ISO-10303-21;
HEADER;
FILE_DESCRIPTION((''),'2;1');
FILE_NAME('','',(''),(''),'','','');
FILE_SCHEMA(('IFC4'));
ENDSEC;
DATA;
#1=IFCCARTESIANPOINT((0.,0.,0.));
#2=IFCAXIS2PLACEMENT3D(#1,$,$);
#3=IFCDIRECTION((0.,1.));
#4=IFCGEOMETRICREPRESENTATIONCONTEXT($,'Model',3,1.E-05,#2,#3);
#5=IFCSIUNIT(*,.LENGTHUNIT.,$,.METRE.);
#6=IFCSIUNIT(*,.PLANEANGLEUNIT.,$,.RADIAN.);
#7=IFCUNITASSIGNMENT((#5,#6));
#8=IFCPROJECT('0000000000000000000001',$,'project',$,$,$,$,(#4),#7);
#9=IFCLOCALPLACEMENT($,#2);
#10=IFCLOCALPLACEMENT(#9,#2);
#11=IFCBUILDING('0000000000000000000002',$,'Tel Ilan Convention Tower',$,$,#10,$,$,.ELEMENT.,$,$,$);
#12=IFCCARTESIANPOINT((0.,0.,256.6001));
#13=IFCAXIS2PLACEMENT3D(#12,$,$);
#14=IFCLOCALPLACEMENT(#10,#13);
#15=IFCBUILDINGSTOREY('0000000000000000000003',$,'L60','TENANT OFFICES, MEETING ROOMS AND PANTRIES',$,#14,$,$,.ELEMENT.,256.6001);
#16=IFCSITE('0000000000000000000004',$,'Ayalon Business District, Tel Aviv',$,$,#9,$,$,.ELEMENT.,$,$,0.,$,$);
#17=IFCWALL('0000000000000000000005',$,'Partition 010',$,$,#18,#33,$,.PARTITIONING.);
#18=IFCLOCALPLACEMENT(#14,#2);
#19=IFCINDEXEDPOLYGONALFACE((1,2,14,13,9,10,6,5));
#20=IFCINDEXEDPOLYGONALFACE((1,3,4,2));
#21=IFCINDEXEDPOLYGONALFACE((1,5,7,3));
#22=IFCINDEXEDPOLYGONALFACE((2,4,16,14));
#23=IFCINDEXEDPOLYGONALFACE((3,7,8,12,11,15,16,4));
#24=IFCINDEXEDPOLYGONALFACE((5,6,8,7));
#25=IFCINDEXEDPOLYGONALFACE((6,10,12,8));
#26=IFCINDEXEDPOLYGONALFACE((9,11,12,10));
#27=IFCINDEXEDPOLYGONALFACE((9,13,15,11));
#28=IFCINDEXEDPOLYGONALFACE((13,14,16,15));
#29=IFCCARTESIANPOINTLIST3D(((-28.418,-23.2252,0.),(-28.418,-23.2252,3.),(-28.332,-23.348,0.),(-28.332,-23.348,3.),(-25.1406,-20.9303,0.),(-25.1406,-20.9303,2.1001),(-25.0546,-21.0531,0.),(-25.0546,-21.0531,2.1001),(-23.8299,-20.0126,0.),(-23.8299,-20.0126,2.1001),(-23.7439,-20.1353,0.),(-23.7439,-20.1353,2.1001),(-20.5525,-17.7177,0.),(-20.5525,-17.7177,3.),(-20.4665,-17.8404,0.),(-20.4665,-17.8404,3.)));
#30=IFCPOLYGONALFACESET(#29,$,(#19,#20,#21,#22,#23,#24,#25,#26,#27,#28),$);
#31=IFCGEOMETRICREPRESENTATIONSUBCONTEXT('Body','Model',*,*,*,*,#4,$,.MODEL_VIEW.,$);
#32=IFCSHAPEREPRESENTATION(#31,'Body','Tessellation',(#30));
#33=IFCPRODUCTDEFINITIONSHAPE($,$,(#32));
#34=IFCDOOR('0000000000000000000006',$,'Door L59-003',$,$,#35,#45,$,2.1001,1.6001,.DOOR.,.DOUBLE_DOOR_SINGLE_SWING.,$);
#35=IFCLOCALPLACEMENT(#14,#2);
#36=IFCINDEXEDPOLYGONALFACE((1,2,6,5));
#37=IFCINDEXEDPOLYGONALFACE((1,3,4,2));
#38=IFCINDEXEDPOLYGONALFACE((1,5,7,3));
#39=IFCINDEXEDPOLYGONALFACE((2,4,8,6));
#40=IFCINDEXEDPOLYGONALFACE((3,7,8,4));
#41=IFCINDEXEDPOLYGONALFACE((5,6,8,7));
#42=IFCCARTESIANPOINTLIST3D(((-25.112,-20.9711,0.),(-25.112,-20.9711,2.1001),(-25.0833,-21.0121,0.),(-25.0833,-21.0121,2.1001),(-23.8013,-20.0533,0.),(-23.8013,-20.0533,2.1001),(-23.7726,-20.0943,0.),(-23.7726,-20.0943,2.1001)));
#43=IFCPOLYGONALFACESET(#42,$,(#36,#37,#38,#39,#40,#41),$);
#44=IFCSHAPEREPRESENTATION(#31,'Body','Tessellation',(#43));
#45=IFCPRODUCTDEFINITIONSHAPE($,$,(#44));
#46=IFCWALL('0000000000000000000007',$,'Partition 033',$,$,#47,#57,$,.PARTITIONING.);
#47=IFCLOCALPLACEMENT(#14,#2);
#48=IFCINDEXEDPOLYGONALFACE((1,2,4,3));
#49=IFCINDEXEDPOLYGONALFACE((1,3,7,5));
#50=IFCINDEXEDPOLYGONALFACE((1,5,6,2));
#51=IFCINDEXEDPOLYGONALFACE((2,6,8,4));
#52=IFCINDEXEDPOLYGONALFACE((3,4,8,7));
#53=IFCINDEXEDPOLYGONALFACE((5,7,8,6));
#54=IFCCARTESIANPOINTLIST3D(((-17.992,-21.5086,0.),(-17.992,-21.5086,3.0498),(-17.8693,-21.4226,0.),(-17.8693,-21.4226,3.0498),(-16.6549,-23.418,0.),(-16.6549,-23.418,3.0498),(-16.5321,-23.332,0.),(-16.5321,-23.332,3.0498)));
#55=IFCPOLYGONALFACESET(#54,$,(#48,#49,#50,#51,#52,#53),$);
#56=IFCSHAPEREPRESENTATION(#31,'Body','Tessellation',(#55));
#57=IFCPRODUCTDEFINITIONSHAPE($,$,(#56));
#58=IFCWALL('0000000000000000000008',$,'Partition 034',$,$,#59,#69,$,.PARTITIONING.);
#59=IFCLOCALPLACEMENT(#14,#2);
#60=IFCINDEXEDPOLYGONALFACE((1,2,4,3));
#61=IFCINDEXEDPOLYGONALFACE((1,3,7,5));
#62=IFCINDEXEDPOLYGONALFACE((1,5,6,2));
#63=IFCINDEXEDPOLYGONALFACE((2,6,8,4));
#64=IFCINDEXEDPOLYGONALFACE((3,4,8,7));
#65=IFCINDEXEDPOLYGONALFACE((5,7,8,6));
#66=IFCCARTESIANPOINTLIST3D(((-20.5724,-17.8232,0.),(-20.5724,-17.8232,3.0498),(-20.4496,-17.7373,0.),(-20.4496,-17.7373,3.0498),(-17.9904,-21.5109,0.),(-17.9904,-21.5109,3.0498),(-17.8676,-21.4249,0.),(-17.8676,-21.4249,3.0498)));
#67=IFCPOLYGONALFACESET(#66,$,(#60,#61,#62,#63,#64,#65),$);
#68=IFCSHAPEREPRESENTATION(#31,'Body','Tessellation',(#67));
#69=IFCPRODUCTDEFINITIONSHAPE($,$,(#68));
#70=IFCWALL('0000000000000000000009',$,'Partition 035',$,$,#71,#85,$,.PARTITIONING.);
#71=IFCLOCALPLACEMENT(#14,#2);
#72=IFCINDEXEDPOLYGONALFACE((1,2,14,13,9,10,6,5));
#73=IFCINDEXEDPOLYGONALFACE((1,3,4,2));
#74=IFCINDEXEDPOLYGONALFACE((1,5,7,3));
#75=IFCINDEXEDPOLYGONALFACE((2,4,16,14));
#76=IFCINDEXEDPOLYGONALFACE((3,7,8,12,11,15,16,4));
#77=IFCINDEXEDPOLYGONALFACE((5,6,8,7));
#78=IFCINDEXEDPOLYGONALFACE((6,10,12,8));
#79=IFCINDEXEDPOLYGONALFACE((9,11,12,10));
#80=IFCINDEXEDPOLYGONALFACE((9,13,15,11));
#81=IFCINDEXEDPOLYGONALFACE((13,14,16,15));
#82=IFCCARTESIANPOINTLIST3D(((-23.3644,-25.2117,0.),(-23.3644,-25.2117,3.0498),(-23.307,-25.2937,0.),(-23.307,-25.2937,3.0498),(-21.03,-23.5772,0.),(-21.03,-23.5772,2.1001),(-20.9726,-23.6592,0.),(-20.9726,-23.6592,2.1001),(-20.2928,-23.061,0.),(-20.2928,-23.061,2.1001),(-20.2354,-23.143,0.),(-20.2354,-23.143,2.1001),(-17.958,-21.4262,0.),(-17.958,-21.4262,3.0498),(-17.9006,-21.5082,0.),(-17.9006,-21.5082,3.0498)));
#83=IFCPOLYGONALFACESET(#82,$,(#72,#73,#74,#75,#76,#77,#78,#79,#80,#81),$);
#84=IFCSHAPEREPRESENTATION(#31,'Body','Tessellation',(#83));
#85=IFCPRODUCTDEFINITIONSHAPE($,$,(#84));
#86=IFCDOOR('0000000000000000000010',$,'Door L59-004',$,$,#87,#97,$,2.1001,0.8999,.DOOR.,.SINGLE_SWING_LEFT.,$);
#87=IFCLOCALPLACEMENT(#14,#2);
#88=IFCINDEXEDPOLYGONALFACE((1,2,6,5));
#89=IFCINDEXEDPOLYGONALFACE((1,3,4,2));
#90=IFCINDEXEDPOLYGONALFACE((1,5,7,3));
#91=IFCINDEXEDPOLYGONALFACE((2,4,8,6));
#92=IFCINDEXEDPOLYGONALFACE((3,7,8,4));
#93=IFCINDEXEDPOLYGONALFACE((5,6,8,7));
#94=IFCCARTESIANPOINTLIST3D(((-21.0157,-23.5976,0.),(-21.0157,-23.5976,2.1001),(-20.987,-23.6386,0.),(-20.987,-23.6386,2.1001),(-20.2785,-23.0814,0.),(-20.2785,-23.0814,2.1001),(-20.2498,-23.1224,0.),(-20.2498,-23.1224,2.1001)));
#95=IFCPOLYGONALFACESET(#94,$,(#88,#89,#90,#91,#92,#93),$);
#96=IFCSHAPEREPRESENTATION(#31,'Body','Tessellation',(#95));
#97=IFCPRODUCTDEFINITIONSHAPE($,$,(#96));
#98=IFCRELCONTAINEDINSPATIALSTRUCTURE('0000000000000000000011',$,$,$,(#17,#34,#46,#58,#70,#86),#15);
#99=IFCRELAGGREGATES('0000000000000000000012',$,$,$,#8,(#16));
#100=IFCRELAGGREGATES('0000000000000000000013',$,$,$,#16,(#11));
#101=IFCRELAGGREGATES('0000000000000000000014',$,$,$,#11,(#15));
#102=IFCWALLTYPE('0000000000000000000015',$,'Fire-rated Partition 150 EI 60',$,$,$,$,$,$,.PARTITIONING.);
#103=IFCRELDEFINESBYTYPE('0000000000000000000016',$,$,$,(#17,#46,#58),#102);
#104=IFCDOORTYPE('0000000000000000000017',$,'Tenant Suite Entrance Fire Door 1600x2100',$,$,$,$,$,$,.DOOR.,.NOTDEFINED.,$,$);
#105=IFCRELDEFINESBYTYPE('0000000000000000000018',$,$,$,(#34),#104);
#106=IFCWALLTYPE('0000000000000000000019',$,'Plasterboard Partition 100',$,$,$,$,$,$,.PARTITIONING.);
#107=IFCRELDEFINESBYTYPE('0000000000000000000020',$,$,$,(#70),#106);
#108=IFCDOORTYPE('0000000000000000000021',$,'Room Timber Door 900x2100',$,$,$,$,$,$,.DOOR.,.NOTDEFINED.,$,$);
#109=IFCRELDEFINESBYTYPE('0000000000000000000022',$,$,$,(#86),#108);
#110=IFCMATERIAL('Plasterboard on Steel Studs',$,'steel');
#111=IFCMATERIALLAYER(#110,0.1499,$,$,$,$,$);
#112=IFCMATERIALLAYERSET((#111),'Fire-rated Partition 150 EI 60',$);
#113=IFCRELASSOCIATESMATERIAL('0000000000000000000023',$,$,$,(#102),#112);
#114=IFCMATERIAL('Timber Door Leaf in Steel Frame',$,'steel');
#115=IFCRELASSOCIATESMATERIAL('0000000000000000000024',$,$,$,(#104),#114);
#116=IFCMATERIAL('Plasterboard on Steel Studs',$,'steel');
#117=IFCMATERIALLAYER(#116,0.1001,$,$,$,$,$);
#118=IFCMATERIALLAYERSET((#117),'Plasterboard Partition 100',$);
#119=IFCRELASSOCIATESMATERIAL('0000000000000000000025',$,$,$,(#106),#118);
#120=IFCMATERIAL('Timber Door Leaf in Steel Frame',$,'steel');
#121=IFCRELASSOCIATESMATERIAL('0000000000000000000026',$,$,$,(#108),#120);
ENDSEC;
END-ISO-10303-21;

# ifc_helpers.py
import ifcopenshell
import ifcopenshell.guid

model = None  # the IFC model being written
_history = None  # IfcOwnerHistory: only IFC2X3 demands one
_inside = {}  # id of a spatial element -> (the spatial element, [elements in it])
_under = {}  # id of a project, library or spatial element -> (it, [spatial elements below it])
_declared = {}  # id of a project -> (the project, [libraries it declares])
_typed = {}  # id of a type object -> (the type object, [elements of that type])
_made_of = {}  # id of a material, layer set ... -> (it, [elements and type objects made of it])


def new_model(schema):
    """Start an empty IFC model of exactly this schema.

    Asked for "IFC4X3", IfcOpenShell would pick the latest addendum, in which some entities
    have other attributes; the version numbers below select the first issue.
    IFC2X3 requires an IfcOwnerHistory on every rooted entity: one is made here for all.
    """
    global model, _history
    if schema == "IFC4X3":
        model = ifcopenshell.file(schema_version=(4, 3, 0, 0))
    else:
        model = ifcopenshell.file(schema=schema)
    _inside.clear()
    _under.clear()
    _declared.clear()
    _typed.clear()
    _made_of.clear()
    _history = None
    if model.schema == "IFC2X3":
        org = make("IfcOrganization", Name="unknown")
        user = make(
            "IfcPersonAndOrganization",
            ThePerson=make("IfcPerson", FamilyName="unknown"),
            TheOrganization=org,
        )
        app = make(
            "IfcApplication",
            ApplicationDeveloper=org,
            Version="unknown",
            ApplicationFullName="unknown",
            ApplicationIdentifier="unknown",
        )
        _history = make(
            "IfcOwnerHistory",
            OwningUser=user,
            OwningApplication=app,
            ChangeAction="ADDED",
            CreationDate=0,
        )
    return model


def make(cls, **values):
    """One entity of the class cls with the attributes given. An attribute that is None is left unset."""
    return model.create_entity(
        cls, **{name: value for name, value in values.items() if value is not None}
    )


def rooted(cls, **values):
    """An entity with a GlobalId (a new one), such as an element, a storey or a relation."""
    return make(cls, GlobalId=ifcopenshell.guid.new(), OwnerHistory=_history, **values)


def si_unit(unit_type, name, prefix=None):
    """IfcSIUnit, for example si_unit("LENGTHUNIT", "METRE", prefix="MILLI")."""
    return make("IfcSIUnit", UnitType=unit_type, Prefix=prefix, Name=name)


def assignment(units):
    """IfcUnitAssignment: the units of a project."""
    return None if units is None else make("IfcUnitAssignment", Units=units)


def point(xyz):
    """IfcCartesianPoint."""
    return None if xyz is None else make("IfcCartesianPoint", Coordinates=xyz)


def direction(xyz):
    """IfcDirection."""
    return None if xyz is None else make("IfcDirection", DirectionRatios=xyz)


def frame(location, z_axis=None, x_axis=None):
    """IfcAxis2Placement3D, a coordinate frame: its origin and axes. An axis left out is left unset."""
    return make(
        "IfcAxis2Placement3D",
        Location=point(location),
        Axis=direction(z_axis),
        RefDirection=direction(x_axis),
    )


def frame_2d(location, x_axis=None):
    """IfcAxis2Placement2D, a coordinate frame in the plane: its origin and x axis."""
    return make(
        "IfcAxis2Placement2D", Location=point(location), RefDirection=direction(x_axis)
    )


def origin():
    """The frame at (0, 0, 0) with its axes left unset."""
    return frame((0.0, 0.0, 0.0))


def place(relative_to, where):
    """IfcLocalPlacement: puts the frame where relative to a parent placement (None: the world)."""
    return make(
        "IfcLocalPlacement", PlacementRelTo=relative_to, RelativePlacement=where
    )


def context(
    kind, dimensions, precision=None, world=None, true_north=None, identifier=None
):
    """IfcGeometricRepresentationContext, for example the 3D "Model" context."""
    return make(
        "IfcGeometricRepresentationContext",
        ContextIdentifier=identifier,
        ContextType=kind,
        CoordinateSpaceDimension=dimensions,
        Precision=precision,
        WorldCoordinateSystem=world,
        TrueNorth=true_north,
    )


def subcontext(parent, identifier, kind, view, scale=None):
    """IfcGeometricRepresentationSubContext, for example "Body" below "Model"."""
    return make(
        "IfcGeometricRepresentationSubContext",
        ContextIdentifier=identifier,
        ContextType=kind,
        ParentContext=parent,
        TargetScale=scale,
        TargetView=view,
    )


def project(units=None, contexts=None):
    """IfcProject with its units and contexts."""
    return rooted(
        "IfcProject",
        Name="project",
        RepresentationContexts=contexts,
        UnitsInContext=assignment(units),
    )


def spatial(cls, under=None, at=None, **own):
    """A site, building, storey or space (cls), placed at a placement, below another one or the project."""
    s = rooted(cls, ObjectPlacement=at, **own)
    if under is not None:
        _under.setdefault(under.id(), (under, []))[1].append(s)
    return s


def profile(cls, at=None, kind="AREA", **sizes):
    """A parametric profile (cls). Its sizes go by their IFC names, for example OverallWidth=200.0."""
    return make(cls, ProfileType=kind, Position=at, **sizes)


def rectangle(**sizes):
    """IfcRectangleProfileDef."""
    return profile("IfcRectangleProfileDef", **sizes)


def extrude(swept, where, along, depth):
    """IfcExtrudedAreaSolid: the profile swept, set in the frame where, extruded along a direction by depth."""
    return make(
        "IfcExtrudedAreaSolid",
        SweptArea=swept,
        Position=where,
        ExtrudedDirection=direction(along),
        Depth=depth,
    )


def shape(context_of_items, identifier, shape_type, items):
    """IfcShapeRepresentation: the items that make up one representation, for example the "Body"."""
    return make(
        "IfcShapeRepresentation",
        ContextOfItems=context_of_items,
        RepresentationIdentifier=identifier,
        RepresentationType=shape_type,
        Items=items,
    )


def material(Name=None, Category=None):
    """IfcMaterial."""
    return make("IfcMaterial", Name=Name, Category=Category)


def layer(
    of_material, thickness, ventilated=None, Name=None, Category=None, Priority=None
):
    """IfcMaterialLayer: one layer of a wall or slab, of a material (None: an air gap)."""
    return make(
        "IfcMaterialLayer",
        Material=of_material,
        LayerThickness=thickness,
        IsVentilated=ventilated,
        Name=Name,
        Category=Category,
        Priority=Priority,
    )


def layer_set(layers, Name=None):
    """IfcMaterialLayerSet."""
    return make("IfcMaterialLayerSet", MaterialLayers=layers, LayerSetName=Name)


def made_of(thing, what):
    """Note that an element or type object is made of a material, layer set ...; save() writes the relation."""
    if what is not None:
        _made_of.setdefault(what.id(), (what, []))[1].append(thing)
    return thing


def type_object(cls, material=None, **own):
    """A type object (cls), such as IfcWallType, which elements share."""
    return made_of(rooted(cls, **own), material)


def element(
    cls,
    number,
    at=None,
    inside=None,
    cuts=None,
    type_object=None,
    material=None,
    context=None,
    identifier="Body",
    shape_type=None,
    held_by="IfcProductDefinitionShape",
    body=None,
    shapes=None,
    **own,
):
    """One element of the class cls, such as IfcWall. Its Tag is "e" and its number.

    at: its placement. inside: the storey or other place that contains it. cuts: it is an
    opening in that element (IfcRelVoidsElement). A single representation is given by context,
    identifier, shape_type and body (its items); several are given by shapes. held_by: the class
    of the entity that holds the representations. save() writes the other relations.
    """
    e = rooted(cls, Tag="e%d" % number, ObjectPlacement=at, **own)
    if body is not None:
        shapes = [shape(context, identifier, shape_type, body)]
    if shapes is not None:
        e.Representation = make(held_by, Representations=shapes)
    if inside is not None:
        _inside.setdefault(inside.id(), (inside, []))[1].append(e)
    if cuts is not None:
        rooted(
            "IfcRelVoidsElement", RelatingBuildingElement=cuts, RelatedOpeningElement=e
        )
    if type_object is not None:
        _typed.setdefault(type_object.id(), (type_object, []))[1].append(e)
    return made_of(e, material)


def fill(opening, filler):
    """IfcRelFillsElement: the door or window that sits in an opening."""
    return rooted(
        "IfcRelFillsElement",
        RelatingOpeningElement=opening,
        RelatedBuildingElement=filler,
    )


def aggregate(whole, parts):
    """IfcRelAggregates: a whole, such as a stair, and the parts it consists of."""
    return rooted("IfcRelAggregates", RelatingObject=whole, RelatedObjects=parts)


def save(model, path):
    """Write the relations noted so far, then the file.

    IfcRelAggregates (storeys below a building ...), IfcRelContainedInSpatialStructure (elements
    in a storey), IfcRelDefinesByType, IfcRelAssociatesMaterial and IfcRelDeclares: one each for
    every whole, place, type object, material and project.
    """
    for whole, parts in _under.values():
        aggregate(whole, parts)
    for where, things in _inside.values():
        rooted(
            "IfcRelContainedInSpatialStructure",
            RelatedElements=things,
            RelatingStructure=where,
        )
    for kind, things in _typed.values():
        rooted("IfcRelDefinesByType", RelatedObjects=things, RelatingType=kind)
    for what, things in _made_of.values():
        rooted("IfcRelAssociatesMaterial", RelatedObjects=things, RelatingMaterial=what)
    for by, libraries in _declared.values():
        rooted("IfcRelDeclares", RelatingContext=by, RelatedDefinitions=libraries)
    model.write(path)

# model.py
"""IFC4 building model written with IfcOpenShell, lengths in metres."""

from ifc_helpers import new_model, si_unit, direction, frame, frame_2d, origin, place, context, subcontext, project, spatial, rectangle, extrude, material, layer, layer_set, type_object, element, fill, save


model = new_model("IFC4")

# Units and contexts
model_context = context("Model", 3, precision=1e-05, world=origin(), true_north=direction((0.0, 1.0)))
body_context = subcontext(model_context, "Body", "Model", "MODEL_VIEW")
ifc_project = project(units=[si_unit("LENGTHUNIT", "METRE"), si_unit("PLANEANGLEUNIT", "RADIAN")], contexts=[model_context])

# Site, building, storey
site_placement = place(None, origin())
site = spatial("IfcSite", under=ifc_project, at=site_placement, Name="Ayalon Business District, Tel Aviv", CompositionType="ELEMENT", RefElevation=0.0)
building_placement = place(site_placement, origin())
building = spatial("IfcBuilding", under=site, at=building_placement, Name="Tel Ilan Convention Tower", CompositionType="ELEMENT")
storey_placement = place(building_placement, frame((0.0, 0.0, 256.6001)))
storey = spatial("IfcBuildingStorey", under=building, at=storey_placement, Name="L60", Description="TENANT OFFICES, MEETING ROOMS AND PANTRIES", CompositionType="ELEMENT", Elevation=256.6001)

# Wall, opening, door
ifc_material_1 = material(Name="Plasterboard on Steel Studs", Category="steel")
ifc_layer_1 = layer(ifc_material_1, 0.1499)
ifc_layer_set_1 = layer_set([ifc_layer_1], Name="Fire-rated Partition 150 EI 60")
wall_type_1 = type_object("IfcWallType", Name="Fire-rated Partition 150 EI 60", PredefinedType="PARTITIONING", material=ifc_layer_set_1)
wall_1_placement = place(storey_placement, frame((-20.5095, -17.7791, 0.0), z_axis=(0.0, 0.0, 1.0), x_axis=(-0.819147, -0.573583, 0.0)))
wall_1 = element("IfcWall", 1, at=wall_1_placement, inside=storey, type_object=wall_type_1, Name="Partition 010", PredefinedType="PARTITIONING", context=body_context, shape_type="SweptSolid", body=[
    extrude(rectangle(XDim=9.6021, YDim=0.1499, at=frame_2d((4.801, 0.0))), origin(), (0.0, 0.0, 1.0), 3.0),
])
opening_1_placement = place(wall_1_placement, frame((4.001, 0.0, 0.0)))
opening_1 = element("IfcOpeningElement", 2, at=opening_1_placement, cuts=wall_1, PredefinedType="OPENING", context=body_context, shape_type="SweptSolid", body=[
    extrude(rectangle(XDim=1.6001, YDim=2.1001, at=frame_2d((0.8, 1.05))), frame((0.0, 0.085, 0.0), z_axis=(0.0, -1.0, 0.0), x_axis=(1.0, 0.0, 0.0)), (0.0, 0.0, 1.0), 0.1699),
])
ifc_material_2 = material(Name="Timber Door Leaf in Steel Frame", Category="steel")
door_type_1 = type_object("IfcDoorType", Name="Tenant Suite Entrance Fire Door 1600x2100", OperationType="NOTDEFINED", PredefinedType="DOOR", material=ifc_material_2)
door_1_placement = place(opening_1_placement, origin())
door_1 = element("IfcDoor", 3, at=door_1_placement, inside=storey, type_object=door_type_1, Name="Door L59-003", OperationType="DOUBLE_DOOR_SINGLE_SWING", OverallHeight=2.1001, OverallWidth=1.6001, PredefinedType="DOOR", context=body_context, shape_type="SweptSolid", body=[
    extrude(rectangle(XDim=1.6001, YDim=2.1001, at=frame_2d((0.8, 1.05))), frame((0.0, 0.0249, 0.0), z_axis=(0.0, -1.0, 0.0), x_axis=(1.0, 0.0, 0.0)), (0.0, 0.0, 1.0), 0.05),
])
fill(opening_1, door_1)

# Walls
wall_2_placement = place(storey_placement, frame((-16.5935, -23.375, 0.0), z_axis=(0.0, 0.0, 1.0), x_axis=(-0.573624, 0.819119, 0.0)))
element("IfcWall", 4, at=wall_2_placement, inside=storey, type_object=wall_type_1, Name="Partition 033", PredefinedType="PARTITIONING", context=body_context, shape_type="SweptSolid", body=[
    extrude(rectangle(XDim=2.3311, YDim=0.1499, at=frame_2d((1.1655, 0.0))), origin(), (0.0, 0.0, 1.0), 3.0498),
])
wall_3_placement = place(storey_placement, frame((-17.929, -21.468, 0.0), z_axis=(0.0, 0.0, 1.0), x_axis=(-0.573553, 0.819168, 0.0)))
element("IfcWall", 5, at=wall_3_placement, inside=storey, type_object=wall_type_1, Name="Partition 034", PredefinedType="PARTITIONING", context=body_context, shape_type="SweptSolid", body=[
    extrude(rectangle(XDim=4.5017, YDim=0.1499, at=frame_2d((2.251, 0.0))), origin(), (0.0, 0.0, 1.0), 3.0498),
])

# Wall, opening, door
ifc_material_3 = material(Name="Plasterboard on Steel Studs", Category="steel")
ifc_layer_2 = layer(ifc_material_3, 0.1001)
ifc_layer_set_2 = layer_set([ifc_layer_2], Name="Plasterboard Partition 100")
wall_type_2 = type_object("IfcWallType", Name="Plasterboard Partition 100", PredefinedType="PARTITIONING", material=ifc_layer_set_2)
wall_4_placement = place(storey_placement, frame((-17.9294, -21.4673, 0.0), z_axis=(0.0, 0.0, 1.0), x_axis=(-0.819159, -0.573567, 0.0)))
wall_4 = element("IfcWall", 6, at=wall_4_placement, inside=storey, type_object=wall_type_2, Name="Partition 035", PredefinedType="PARTITIONING", context=body_context, shape_type="SweptSolid", body=[
    extrude(rectangle(XDim=6.5999, YDim=0.1001, at=frame_2d((3.2998, 0.0))), origin(), (0.0, 0.0, 1.0), 3.0498),
])
opening_2_placement = place(wall_4_placement, frame((2.8501, 0.0, 0.0)))
opening_2 = element("IfcOpeningElement", 7, at=opening_2_placement, cuts=wall_4, PredefinedType="OPENING", context=body_context, shape_type="SweptSolid", body=[
    extrude(rectangle(XDim=0.8999, YDim=2.1001, at=frame_2d((0.45, 1.05))), frame((0.0, 0.0601, 0.0), z_axis=(0.0, -1.0, 0.0), x_axis=(1.0, 0.0, 0.0)), (0.0, 0.0, 1.0), 0.1201),
])
ifc_material_4 = material(Name="Timber Door Leaf in Steel Frame", Category="steel")
door_type_2 = type_object("IfcDoorType", Name="Room Timber Door 900x2100", OperationType="NOTDEFINED", PredefinedType="DOOR", material=ifc_material_4)
door_2_placement = place(opening_2_placement, origin())
door_2 = element("IfcDoor", 8, at=door_2_placement, inside=storey, type_object=door_type_2, Name="Door L59-004", OperationType="SINGLE_SWING_LEFT", OverallHeight=2.1001, OverallWidth=0.8999, PredefinedType="DOOR", context=body_context, shape_type="SweptSolid", body=[
    extrude(rectangle(XDim=0.8999, YDim=2.1001, at=frame_2d((0.45, 1.05))), frame((0.0, 0.0249, 0.0), z_axis=(0.0, -1.0, 0.0), x_axis=(1.0, 0.0, 0.0)), (0.0, 0.0, 1.0), 0.05),
])
fill(opening_2, door_2)

save(model, "model.ifc")
